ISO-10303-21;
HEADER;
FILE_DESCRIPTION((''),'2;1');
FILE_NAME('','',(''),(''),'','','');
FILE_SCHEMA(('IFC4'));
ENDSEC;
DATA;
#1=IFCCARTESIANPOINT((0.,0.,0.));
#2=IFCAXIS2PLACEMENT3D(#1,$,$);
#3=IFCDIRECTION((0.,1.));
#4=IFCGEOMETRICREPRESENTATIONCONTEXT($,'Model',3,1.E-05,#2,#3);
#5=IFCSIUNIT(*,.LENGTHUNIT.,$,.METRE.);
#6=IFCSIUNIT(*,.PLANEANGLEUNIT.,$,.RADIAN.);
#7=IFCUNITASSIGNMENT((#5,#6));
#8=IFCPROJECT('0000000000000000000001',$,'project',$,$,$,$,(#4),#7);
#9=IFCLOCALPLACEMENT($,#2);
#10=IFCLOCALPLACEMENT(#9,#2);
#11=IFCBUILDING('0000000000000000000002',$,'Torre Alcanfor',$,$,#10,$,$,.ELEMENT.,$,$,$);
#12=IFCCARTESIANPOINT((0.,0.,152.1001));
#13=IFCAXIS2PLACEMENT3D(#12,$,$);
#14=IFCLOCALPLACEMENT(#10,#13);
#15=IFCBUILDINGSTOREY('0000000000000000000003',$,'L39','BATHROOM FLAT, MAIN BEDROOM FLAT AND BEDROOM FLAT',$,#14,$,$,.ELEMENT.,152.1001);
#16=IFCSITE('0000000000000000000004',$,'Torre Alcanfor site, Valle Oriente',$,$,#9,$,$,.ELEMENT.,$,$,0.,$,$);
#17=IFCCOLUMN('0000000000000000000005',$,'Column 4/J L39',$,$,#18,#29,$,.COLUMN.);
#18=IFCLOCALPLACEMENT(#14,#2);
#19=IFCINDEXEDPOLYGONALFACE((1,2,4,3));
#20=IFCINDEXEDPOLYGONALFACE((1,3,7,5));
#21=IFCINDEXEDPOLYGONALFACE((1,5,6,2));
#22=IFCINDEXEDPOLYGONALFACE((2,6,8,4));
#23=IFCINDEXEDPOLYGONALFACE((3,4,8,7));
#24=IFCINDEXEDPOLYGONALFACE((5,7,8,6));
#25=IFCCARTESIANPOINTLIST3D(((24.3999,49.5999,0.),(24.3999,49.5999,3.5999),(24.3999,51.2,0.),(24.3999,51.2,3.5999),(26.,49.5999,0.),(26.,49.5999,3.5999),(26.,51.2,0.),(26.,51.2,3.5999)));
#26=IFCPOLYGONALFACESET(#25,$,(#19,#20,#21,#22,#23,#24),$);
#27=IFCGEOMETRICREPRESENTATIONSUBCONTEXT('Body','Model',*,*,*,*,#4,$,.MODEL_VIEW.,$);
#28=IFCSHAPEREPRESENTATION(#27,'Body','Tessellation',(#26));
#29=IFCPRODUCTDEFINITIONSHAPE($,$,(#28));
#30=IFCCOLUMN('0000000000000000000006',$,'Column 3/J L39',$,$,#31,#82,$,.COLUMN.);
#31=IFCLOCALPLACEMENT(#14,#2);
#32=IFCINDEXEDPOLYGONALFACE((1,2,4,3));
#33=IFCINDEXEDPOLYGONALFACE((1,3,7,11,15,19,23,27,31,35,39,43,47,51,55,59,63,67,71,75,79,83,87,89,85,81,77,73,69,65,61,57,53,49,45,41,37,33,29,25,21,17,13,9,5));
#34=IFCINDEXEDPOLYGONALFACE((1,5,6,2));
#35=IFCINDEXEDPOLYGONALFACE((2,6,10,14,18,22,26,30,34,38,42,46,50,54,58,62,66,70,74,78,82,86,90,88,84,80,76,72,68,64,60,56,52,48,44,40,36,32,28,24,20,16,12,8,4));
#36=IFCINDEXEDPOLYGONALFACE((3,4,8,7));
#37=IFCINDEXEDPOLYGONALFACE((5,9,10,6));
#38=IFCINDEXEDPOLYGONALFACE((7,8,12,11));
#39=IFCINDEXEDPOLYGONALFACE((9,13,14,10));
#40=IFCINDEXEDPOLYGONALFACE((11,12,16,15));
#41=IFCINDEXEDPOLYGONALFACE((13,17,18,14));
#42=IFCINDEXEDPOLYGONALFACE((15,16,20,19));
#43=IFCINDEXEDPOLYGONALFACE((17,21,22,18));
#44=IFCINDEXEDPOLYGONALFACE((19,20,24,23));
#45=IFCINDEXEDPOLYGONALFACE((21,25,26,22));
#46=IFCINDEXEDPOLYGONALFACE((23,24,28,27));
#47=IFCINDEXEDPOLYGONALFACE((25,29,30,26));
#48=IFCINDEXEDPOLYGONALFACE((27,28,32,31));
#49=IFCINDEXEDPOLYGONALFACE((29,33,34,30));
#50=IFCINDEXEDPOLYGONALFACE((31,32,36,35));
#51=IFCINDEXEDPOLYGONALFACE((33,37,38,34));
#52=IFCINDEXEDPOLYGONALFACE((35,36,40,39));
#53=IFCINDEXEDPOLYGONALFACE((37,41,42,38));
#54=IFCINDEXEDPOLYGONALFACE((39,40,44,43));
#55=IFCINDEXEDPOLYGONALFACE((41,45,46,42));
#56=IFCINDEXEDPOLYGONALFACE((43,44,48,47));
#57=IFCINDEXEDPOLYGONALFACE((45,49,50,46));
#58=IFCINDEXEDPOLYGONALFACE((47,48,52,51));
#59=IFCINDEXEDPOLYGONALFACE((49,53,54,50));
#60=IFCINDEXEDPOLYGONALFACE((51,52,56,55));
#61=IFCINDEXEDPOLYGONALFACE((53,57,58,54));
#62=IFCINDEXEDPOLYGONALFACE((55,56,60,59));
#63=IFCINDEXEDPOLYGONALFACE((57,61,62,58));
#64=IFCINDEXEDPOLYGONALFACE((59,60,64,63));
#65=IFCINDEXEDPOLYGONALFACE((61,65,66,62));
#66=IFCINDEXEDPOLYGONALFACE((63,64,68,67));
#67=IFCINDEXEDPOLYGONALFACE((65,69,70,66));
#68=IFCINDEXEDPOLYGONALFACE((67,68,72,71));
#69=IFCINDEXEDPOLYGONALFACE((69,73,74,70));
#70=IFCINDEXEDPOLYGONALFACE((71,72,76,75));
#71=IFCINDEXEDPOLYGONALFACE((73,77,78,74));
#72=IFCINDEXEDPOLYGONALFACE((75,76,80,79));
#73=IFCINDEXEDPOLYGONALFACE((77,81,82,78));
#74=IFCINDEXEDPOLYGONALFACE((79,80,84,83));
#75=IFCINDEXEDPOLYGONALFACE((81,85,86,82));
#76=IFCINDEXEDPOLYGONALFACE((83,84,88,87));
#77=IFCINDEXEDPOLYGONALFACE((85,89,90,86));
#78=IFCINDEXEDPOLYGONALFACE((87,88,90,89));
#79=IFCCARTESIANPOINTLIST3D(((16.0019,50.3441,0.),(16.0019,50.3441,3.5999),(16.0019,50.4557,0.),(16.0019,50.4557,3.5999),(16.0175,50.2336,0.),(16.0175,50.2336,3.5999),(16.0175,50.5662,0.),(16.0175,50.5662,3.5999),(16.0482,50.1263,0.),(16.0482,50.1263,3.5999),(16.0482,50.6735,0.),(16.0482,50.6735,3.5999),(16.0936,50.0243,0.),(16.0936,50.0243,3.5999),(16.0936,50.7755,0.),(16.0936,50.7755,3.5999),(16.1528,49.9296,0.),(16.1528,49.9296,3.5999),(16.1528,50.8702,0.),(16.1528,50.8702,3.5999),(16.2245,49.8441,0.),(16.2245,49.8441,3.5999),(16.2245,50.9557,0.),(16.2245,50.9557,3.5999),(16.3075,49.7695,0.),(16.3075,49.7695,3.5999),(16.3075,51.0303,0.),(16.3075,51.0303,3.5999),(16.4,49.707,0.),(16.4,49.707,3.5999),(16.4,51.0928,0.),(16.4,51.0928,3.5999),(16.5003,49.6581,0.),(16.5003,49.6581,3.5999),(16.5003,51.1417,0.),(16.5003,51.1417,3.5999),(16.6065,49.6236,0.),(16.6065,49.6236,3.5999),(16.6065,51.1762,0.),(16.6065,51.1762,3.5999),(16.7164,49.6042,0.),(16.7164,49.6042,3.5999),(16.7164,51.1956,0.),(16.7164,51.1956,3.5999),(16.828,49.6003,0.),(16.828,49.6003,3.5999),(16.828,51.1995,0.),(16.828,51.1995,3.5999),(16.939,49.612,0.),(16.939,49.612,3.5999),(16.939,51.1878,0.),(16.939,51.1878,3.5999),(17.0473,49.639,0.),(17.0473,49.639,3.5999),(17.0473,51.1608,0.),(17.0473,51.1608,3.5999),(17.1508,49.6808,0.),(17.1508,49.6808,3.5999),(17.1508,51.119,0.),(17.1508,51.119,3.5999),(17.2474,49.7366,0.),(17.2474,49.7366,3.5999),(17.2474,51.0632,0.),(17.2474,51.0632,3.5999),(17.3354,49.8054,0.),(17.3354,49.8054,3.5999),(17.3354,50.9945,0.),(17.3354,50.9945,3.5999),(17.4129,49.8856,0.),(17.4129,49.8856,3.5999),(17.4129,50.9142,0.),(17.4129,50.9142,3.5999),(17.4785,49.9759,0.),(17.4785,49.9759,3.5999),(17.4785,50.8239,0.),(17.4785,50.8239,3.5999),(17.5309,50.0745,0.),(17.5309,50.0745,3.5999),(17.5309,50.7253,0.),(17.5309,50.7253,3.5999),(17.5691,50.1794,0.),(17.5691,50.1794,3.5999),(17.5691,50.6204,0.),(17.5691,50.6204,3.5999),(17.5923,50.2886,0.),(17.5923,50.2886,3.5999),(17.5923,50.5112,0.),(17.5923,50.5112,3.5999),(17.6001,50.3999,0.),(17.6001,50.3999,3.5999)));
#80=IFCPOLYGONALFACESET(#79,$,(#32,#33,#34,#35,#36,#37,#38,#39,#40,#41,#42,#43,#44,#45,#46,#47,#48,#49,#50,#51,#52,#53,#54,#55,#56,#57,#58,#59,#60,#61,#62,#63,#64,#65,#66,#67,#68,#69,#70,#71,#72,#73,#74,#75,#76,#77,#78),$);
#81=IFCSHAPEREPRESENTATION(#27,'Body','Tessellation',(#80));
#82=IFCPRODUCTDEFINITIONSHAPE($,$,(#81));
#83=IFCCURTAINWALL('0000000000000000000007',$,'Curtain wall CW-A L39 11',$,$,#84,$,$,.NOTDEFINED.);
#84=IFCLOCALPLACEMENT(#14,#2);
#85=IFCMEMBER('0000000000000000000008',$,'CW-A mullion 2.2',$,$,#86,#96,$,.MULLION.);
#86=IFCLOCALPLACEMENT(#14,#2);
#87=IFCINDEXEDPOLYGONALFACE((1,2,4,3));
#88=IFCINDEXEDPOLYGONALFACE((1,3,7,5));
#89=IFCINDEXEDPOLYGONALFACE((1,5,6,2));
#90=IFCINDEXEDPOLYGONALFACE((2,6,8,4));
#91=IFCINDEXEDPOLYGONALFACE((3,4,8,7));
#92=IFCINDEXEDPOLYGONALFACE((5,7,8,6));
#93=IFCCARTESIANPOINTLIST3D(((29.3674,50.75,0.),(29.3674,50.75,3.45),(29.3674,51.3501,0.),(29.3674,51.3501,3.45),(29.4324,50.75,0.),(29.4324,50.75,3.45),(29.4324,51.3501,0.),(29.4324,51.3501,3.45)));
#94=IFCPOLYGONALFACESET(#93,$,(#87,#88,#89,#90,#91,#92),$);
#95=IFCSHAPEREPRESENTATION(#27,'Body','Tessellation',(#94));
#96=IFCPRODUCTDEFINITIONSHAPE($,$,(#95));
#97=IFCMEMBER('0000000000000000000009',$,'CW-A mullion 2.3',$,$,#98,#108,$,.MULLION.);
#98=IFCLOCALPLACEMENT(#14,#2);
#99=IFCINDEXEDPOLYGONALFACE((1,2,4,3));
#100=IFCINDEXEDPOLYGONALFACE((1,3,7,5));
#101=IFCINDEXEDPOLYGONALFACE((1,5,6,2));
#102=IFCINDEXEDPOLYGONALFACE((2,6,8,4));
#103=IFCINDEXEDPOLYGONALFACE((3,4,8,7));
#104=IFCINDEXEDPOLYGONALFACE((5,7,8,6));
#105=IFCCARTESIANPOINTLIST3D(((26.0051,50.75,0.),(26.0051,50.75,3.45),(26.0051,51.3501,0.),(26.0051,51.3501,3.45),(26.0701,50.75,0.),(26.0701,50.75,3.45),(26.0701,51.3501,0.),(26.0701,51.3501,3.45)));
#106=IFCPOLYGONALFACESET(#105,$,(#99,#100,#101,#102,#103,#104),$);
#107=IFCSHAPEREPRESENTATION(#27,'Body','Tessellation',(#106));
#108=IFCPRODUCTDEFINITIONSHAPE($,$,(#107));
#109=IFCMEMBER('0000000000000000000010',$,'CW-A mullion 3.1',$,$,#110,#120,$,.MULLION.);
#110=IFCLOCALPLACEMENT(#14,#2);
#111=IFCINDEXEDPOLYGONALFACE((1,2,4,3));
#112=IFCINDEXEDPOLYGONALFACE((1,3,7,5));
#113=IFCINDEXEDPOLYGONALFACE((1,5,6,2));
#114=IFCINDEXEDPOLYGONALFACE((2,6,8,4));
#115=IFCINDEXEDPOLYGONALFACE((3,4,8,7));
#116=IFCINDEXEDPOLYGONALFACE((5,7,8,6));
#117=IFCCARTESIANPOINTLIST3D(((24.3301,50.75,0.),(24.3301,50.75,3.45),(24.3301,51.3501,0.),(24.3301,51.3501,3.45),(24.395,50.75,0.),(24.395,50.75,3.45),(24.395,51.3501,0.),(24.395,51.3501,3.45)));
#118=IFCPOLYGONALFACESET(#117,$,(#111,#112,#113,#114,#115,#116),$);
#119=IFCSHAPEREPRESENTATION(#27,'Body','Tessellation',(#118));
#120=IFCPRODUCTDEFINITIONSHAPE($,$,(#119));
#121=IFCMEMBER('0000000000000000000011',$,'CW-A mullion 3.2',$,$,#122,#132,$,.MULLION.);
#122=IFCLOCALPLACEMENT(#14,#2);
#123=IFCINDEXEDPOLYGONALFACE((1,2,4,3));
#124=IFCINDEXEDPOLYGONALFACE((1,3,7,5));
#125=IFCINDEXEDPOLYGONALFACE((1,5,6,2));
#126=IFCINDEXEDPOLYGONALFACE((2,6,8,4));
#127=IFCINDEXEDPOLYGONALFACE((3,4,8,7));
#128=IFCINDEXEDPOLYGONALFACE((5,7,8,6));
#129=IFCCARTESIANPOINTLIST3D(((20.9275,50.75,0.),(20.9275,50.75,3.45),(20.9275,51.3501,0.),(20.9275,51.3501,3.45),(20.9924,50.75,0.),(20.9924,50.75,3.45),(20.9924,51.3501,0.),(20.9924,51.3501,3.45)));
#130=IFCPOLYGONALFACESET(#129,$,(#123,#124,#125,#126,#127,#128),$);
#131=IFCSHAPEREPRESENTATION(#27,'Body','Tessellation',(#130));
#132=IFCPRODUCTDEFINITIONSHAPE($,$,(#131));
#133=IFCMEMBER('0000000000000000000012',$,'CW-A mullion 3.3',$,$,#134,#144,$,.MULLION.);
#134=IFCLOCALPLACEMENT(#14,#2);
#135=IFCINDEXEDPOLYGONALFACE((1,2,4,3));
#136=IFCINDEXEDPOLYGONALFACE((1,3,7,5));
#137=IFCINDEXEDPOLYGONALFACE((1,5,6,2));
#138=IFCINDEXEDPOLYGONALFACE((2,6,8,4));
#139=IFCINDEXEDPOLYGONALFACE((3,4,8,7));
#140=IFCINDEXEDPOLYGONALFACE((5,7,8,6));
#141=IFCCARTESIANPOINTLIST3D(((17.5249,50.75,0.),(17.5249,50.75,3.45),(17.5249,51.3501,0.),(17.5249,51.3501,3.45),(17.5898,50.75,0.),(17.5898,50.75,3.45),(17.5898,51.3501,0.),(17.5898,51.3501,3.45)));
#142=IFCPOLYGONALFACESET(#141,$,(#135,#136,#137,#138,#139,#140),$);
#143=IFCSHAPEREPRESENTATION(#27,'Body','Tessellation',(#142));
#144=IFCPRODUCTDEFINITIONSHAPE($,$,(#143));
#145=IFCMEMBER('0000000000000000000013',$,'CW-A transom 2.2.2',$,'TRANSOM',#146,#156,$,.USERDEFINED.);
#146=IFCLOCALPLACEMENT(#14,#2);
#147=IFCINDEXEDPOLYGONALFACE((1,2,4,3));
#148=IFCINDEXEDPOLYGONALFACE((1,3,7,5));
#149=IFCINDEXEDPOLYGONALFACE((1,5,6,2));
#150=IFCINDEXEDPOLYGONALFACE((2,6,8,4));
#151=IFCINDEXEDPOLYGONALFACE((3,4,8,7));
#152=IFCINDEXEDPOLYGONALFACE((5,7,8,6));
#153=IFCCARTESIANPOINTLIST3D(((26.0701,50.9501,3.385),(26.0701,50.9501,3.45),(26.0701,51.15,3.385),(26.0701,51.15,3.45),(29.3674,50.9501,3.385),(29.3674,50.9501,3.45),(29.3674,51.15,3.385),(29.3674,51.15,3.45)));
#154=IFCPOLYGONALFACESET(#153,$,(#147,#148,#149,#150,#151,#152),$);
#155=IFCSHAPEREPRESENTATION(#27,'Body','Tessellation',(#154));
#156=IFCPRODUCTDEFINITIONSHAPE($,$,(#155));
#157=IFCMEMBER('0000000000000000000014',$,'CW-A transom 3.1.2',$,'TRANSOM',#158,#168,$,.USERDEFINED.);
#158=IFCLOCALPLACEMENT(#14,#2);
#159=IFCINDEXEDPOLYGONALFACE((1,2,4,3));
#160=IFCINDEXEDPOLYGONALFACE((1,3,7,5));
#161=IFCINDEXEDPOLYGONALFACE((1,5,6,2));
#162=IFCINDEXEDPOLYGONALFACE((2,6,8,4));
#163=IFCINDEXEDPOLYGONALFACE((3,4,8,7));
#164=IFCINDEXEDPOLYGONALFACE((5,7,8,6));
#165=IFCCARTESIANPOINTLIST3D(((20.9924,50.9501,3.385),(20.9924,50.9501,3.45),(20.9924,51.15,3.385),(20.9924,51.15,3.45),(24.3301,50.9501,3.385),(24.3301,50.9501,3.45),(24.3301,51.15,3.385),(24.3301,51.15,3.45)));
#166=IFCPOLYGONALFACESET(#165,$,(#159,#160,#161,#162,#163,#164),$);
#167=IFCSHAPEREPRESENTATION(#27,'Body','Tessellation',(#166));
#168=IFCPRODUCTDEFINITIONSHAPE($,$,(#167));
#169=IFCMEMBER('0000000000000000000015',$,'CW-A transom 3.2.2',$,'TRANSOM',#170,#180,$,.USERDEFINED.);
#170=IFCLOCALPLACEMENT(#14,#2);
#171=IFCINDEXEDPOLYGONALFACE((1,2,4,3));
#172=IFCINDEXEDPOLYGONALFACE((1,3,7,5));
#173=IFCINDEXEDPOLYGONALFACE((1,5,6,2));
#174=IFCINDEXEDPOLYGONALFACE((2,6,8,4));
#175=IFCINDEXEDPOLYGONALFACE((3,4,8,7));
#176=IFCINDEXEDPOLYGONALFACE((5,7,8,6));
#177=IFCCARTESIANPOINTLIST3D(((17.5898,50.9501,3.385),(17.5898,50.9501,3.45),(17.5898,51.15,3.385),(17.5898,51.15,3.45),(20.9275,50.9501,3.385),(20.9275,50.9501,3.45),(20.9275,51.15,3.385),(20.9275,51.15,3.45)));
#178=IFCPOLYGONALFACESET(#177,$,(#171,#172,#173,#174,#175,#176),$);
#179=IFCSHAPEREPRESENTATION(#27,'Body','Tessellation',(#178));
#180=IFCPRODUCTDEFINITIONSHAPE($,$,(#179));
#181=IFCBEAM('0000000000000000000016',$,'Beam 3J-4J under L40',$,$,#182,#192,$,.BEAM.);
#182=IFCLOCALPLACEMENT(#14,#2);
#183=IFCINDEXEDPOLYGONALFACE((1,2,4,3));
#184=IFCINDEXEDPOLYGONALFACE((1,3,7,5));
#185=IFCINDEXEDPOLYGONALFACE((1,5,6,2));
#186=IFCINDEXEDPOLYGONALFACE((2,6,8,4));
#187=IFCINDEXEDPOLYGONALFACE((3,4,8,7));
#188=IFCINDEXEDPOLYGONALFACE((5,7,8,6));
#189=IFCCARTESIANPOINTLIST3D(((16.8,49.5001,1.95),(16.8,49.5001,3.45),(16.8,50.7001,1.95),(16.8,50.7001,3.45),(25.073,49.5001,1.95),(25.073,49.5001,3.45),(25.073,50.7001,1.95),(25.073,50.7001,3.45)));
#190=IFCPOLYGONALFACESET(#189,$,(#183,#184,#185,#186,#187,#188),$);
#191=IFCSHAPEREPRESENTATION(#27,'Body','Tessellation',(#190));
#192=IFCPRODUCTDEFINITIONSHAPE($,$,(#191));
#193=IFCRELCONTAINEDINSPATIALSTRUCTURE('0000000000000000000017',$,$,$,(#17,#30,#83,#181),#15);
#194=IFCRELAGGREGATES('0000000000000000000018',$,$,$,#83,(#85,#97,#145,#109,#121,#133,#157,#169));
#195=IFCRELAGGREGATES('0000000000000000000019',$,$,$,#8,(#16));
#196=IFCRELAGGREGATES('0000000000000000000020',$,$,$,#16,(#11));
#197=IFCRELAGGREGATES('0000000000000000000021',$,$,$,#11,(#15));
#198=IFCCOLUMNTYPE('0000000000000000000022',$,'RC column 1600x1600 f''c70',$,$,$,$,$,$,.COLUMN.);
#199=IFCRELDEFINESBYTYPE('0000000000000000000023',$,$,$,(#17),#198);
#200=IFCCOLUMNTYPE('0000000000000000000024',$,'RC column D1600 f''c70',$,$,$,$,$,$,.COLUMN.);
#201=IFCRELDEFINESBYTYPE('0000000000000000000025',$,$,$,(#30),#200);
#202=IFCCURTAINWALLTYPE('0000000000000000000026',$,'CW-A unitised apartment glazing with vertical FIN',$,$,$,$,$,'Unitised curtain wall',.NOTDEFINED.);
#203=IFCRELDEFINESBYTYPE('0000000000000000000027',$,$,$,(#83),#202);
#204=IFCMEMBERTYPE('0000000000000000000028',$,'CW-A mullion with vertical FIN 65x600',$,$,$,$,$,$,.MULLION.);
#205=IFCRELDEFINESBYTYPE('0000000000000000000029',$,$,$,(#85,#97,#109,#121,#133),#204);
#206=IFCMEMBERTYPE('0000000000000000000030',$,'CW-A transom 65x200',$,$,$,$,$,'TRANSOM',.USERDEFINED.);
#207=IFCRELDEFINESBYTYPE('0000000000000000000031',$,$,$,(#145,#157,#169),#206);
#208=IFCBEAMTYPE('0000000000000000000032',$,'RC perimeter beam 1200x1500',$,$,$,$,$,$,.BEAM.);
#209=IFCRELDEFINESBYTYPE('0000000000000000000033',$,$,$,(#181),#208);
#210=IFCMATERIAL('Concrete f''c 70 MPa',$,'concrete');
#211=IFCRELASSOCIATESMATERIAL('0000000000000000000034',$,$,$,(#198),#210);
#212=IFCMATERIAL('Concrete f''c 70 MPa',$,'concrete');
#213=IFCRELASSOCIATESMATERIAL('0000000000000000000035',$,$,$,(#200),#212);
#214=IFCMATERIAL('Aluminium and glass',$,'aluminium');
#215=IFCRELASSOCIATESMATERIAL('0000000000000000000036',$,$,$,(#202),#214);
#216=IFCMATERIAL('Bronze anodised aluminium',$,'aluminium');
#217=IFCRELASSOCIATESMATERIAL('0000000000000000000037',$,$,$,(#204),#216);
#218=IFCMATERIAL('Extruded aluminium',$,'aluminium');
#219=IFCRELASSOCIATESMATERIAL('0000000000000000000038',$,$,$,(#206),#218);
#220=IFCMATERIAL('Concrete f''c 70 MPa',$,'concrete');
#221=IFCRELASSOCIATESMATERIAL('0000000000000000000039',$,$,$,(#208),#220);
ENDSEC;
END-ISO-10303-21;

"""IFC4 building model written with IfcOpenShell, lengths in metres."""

from ifc_helpers import new_model, si_unit, direction, frame, origin, origin_2d, place, context, subcontext, project, spatial, rectangle, circle, extrude, material, material_profile, profile_set, type_object, element, aggregate, save


model = new_model("IFC4")

# Units and contexts
model_context = context("Model", 3, precision=1e-05, world=origin(), true_north=direction((0.0, 1.0)))
body_context = subcontext(model_context, "Body", "Model", "MODEL_VIEW")
ifc_project = project(units=[si_unit("LENGTHUNIT", "METRE"), si_unit("PLANEANGLEUNIT", "RADIAN")], contexts=[model_context])

# Site, building, storey
site_placement = place(None, origin())
site = spatial("IfcSite", under=ifc_project, at=site_placement, Name="Torre Alcanfor site, Valle Oriente", CompositionType="ELEMENT", RefElevation=0.0)
building_placement = place(site_placement, origin())
building = spatial("IfcBuilding", under=site, at=building_placement, Name="Torre Alcanfor", CompositionType="ELEMENT")
storey_placement = place(building_placement, frame((0.0, 0.0, 152.1001)))
storey = spatial("IfcBuildingStorey", under=building, at=storey_placement, Name="L39", Description="BATHROOM FLAT, MAIN BEDROOM FLAT AND BEDROOM FLAT", CompositionType="ELEMENT", Elevation=152.1001)

# Columns
ifc_material_1 = material(Name="Concrete f'c 70 MPa", Category="concrete")
ifc_material_profile_1 = material_profile(ifc_material_1, rectangle(XDim=1.6001, YDim=1.6001, at=origin_2d()), Name="1600x1600")
ifc_profile_set_1 = profile_set([ifc_material_profile_1], Name="Concrete f'c 70 MPa")
column_type_1 = type_object("IfcColumnType", Name="RC column 1600x1600 f'c70", PredefinedType="COLUMN", material=ifc_profile_set_1)
column_1_placement = place(storey_placement, frame((25.2, 50.3999, 0.0), z_axis=(0.0, 0.0, 1.0), x_axis=(1.0, 0.0, 0.0)))
element("IfcColumn", 1, at=column_1_placement, inside=storey, type_object=column_type_1, Name="Column 4/J L39", PredefinedType="COLUMN", context=body_context, shape_type="SweptSolid", body=[
    extrude(rectangle(XDim=1.6001, YDim=1.6001, at=origin_2d()), origin(), (0.0, 0.0, 1.0), 3.5999),
])
ifc_material_2 = material(Name="Concrete f'c 70 MPa", Category="concrete")
ifc_material_profile_2 = material_profile(ifc_material_2, circle(Radius=0.8, at=origin_2d()), Name="D1600")
ifc_profile_set_2 = profile_set([ifc_material_profile_2], Name="Concrete f'c 70 MPa")
column_type_2 = type_object("IfcColumnType", Name="RC column D1600 f'c70", PredefinedType="COLUMN", material=ifc_profile_set_2)
column_2_placement = place(storey_placement, frame((16.8, 50.3999, 0.0), z_axis=(0.0, 0.0, 1.0), x_axis=(1.0, 0.0, 0.0)))
element("IfcColumn", 2, at=column_2_placement, inside=storey, type_object=column_type_2, Name="Column 3/J L39", PredefinedType="COLUMN", context=body_context, shape_type="SweptSolid", body=[
    extrude(circle(Radius=0.8, at=origin_2d()), origin(), (0.0, 0.0, 1.0), 3.5999),
])

# Curtain wall, members
ifc_material_3 = material(Name="Aluminium and glass", Category="aluminium")
curtain_wall_type = type_object("IfcCurtainWallType", Name="CW-A unitised apartment glazing with vertical FIN", ElementType="Unitised curtain wall", PredefinedType="NOTDEFINED", material=ifc_material_3)
curtain_wall_placement = place(storey_placement, origin())
curtain_wall = element("IfcCurtainWall", 3, at=curtain_wall_placement, inside=storey, type_object=curtain_wall_type, Name="Curtain wall CW-A L39 11", PredefinedType="NOTDEFINED")
ifc_material_4 = material(Name="Bronze anodised aluminium", Category="aluminium")
ifc_material_profile_3 = material_profile(ifc_material_4, rectangle(XDim=0.6001, YDim=0.0649, at=origin_2d()), Name="CW-A mullion 65x600")
ifc_profile_set_3 = profile_set([ifc_material_profile_3], Name="Bronze anodised aluminium")
member_type_1 = type_object("IfcMemberType", Name="CW-A mullion with vertical FIN 65x600", PredefinedType="MULLION", material=ifc_profile_set_3)
member_1_placement = place(storey_placement, frame((29.3999, 51.05, 0.0), z_axis=(0.0, 0.0, 1.0), x_axis=(0.0, -1.0, 0.0)))
member_1 = element("IfcMember", 4, at=member_1_placement, type_object=member_type_1, Name="CW-A mullion 2.2", PredefinedType="MULLION", context=body_context, shape_type="SweptSolid", body=[
    extrude(rectangle(XDim=0.6001, YDim=0.0649, at=origin_2d()), origin(), (0.0, 0.0, 1.0), 3.45),
])
member_2_placement = place(storey_placement, frame((26.0376, 51.05, 0.0), z_axis=(0.0, 0.0, 1.0), x_axis=(0.0, -1.0, 0.0)))
member_2 = element("IfcMember", 5, at=member_2_placement, type_object=member_type_1, Name="CW-A mullion 2.3", PredefinedType="MULLION", context=body_context, shape_type="SweptSolid", body=[
    extrude(rectangle(XDim=0.6001, YDim=0.0649, at=origin_2d()), origin(), (0.0, 0.0, 1.0), 3.45),
])
member_3_placement = place(storey_placement, frame((24.3625, 51.05, 0.0), z_axis=(0.0, 0.0, 1.0), x_axis=(0.0, -1.0, 0.0)))
member_3 = element("IfcMember", 6, at=member_3_placement, type_object=member_type_1, Name="CW-A mullion 3.1", PredefinedType="MULLION", context=body_context, shape_type="SweptSolid", body=[
    extrude(rectangle(XDim=0.6001, YDim=0.0649, at=origin_2d()), origin(), (0.0, 0.0, 1.0), 3.45),
])
member_4_placement = place(storey_placement, frame((20.96, 51.05, 0.0), z_axis=(0.0, 0.0, 1.0), x_axis=(0.0, -1.0, 0.0)))
member_4 = element("IfcMember", 7, at=member_4_placement, type_object=member_type_1, Name="CW-A mullion 3.2", PredefinedType="MULLION", context=body_context, shape_type="SweptSolid", body=[
    extrude(rectangle(XDim=0.6001, YDim=0.0649, at=origin_2d()), origin(), (0.0, 0.0, 1.0), 3.45),
])
member_5_placement = place(storey_placement, frame((17.5574, 51.05, 0.0), z_axis=(0.0, 0.0, 1.0), x_axis=(0.0, -1.0, 0.0)))
member_5 = element("IfcMember", 8, at=member_5_placement, type_object=member_type_1, Name="CW-A mullion 3.3", PredefinedType="MULLION", context=body_context, shape_type="SweptSolid", body=[
    extrude(rectangle(XDim=0.6001, YDim=0.0649, at=origin_2d()), origin(), (0.0, 0.0, 1.0), 3.45),
])
ifc_material_5 = material(Name="Extruded aluminium", Category="aluminium")
ifc_material_profile_4 = material_profile(ifc_material_5, rectangle(XDim=0.2, YDim=0.0649, at=origin_2d()), Name="CW-A transom 200x65")
ifc_profile_set_4 = profile_set([ifc_material_profile_4], Name="Extruded aluminium")
member_type_2 = type_object("IfcMemberType", Name="CW-A transom 65x200", ElementType="TRANSOM", PredefinedType="USERDEFINED", material=ifc_profile_set_4)
member_6_placement = place(storey_placement, frame((29.3674, 51.05, 3.4175), z_axis=(-1.0, 0.0, 0.0), x_axis=(0.0, -1.0, 0.0)))
member_6 = element("IfcMember", 9, at=member_6_placement, type_object=member_type_2, Name="CW-A transom 2.2.2", ObjectType="TRANSOM", PredefinedType="USERDEFINED", context=body_context, shape_type="SweptSolid", body=[
    extrude(rectangle(XDim=0.2, YDim=0.0649, at=origin_2d()), origin(), (0.0, 0.0, 1.0), 3.2974),
])
member_7_placement = place(storey_placement, frame((24.3301, 51.05, 3.4175), z_axis=(-1.0, 0.0, 0.0), x_axis=(0.0, -1.0, 0.0)))
member_7 = element("IfcMember", 10, at=member_7_placement, type_object=member_type_2, Name="CW-A transom 3.1.2", ObjectType="TRANSOM", PredefinedType="USERDEFINED", context=body_context, shape_type="SweptSolid", body=[
    extrude(rectangle(XDim=0.2, YDim=0.0649, at=origin_2d()), origin(), (0.0, 0.0, 1.0), 3.3376),
])
member_8_placement = place(storey_placement, frame((20.9275, 51.05, 3.4175), z_axis=(-1.0, 0.0, 0.0), x_axis=(0.0, -1.0, 0.0)))
member_8 = element("IfcMember", 11, at=member_8_placement, type_object=member_type_2, Name="CW-A transom 3.2.2", ObjectType="TRANSOM", PredefinedType="USERDEFINED", context=body_context, shape_type="SweptSolid", body=[
    extrude(rectangle(XDim=0.2, YDim=0.0649, at=origin_2d()), origin(), (0.0, 0.0, 1.0), 3.3376),
])

# Beam
ifc_material_6 = material(Name="Concrete f'c 70 MPa", Category="concrete")
ifc_material_profile_5 = material_profile(ifc_material_6, rectangle(XDim=1.2, YDim=1.5, at=origin_2d()), Name="1200x1500")
ifc_profile_set_5 = profile_set([ifc_material_profile_5], Name="Concrete f'c 70 MPa")
beam_type_1 = type_object("IfcBeamType", Name="RC perimeter beam 1200x1500", PredefinedType="BEAM", material=ifc_profile_set_5)
beam_1_placement = place(storey_placement, frame((16.8, 50.1001, 2.7), z_axis=(1.0, 0.0, 0.0), x_axis=(0.0, 1.0, 0.0)))
element("IfcBeam", 12, at=beam_1_placement, inside=storey, type_object=beam_type_1, Name="Beam 3J-4J under L40", PredefinedType="BEAM", context=body_context, shape_type="SweptSolid", body=[
    extrude(rectangle(XDim=1.2, YDim=1.5, at=origin_2d()), origin(), (0.0, 0.0, 1.0), 8.2729),
])

aggregate(curtain_wall, [member_1, member_2, member_6, member_3, member_4, member_5, member_7, member_8])

save(model, "model.ifc")
